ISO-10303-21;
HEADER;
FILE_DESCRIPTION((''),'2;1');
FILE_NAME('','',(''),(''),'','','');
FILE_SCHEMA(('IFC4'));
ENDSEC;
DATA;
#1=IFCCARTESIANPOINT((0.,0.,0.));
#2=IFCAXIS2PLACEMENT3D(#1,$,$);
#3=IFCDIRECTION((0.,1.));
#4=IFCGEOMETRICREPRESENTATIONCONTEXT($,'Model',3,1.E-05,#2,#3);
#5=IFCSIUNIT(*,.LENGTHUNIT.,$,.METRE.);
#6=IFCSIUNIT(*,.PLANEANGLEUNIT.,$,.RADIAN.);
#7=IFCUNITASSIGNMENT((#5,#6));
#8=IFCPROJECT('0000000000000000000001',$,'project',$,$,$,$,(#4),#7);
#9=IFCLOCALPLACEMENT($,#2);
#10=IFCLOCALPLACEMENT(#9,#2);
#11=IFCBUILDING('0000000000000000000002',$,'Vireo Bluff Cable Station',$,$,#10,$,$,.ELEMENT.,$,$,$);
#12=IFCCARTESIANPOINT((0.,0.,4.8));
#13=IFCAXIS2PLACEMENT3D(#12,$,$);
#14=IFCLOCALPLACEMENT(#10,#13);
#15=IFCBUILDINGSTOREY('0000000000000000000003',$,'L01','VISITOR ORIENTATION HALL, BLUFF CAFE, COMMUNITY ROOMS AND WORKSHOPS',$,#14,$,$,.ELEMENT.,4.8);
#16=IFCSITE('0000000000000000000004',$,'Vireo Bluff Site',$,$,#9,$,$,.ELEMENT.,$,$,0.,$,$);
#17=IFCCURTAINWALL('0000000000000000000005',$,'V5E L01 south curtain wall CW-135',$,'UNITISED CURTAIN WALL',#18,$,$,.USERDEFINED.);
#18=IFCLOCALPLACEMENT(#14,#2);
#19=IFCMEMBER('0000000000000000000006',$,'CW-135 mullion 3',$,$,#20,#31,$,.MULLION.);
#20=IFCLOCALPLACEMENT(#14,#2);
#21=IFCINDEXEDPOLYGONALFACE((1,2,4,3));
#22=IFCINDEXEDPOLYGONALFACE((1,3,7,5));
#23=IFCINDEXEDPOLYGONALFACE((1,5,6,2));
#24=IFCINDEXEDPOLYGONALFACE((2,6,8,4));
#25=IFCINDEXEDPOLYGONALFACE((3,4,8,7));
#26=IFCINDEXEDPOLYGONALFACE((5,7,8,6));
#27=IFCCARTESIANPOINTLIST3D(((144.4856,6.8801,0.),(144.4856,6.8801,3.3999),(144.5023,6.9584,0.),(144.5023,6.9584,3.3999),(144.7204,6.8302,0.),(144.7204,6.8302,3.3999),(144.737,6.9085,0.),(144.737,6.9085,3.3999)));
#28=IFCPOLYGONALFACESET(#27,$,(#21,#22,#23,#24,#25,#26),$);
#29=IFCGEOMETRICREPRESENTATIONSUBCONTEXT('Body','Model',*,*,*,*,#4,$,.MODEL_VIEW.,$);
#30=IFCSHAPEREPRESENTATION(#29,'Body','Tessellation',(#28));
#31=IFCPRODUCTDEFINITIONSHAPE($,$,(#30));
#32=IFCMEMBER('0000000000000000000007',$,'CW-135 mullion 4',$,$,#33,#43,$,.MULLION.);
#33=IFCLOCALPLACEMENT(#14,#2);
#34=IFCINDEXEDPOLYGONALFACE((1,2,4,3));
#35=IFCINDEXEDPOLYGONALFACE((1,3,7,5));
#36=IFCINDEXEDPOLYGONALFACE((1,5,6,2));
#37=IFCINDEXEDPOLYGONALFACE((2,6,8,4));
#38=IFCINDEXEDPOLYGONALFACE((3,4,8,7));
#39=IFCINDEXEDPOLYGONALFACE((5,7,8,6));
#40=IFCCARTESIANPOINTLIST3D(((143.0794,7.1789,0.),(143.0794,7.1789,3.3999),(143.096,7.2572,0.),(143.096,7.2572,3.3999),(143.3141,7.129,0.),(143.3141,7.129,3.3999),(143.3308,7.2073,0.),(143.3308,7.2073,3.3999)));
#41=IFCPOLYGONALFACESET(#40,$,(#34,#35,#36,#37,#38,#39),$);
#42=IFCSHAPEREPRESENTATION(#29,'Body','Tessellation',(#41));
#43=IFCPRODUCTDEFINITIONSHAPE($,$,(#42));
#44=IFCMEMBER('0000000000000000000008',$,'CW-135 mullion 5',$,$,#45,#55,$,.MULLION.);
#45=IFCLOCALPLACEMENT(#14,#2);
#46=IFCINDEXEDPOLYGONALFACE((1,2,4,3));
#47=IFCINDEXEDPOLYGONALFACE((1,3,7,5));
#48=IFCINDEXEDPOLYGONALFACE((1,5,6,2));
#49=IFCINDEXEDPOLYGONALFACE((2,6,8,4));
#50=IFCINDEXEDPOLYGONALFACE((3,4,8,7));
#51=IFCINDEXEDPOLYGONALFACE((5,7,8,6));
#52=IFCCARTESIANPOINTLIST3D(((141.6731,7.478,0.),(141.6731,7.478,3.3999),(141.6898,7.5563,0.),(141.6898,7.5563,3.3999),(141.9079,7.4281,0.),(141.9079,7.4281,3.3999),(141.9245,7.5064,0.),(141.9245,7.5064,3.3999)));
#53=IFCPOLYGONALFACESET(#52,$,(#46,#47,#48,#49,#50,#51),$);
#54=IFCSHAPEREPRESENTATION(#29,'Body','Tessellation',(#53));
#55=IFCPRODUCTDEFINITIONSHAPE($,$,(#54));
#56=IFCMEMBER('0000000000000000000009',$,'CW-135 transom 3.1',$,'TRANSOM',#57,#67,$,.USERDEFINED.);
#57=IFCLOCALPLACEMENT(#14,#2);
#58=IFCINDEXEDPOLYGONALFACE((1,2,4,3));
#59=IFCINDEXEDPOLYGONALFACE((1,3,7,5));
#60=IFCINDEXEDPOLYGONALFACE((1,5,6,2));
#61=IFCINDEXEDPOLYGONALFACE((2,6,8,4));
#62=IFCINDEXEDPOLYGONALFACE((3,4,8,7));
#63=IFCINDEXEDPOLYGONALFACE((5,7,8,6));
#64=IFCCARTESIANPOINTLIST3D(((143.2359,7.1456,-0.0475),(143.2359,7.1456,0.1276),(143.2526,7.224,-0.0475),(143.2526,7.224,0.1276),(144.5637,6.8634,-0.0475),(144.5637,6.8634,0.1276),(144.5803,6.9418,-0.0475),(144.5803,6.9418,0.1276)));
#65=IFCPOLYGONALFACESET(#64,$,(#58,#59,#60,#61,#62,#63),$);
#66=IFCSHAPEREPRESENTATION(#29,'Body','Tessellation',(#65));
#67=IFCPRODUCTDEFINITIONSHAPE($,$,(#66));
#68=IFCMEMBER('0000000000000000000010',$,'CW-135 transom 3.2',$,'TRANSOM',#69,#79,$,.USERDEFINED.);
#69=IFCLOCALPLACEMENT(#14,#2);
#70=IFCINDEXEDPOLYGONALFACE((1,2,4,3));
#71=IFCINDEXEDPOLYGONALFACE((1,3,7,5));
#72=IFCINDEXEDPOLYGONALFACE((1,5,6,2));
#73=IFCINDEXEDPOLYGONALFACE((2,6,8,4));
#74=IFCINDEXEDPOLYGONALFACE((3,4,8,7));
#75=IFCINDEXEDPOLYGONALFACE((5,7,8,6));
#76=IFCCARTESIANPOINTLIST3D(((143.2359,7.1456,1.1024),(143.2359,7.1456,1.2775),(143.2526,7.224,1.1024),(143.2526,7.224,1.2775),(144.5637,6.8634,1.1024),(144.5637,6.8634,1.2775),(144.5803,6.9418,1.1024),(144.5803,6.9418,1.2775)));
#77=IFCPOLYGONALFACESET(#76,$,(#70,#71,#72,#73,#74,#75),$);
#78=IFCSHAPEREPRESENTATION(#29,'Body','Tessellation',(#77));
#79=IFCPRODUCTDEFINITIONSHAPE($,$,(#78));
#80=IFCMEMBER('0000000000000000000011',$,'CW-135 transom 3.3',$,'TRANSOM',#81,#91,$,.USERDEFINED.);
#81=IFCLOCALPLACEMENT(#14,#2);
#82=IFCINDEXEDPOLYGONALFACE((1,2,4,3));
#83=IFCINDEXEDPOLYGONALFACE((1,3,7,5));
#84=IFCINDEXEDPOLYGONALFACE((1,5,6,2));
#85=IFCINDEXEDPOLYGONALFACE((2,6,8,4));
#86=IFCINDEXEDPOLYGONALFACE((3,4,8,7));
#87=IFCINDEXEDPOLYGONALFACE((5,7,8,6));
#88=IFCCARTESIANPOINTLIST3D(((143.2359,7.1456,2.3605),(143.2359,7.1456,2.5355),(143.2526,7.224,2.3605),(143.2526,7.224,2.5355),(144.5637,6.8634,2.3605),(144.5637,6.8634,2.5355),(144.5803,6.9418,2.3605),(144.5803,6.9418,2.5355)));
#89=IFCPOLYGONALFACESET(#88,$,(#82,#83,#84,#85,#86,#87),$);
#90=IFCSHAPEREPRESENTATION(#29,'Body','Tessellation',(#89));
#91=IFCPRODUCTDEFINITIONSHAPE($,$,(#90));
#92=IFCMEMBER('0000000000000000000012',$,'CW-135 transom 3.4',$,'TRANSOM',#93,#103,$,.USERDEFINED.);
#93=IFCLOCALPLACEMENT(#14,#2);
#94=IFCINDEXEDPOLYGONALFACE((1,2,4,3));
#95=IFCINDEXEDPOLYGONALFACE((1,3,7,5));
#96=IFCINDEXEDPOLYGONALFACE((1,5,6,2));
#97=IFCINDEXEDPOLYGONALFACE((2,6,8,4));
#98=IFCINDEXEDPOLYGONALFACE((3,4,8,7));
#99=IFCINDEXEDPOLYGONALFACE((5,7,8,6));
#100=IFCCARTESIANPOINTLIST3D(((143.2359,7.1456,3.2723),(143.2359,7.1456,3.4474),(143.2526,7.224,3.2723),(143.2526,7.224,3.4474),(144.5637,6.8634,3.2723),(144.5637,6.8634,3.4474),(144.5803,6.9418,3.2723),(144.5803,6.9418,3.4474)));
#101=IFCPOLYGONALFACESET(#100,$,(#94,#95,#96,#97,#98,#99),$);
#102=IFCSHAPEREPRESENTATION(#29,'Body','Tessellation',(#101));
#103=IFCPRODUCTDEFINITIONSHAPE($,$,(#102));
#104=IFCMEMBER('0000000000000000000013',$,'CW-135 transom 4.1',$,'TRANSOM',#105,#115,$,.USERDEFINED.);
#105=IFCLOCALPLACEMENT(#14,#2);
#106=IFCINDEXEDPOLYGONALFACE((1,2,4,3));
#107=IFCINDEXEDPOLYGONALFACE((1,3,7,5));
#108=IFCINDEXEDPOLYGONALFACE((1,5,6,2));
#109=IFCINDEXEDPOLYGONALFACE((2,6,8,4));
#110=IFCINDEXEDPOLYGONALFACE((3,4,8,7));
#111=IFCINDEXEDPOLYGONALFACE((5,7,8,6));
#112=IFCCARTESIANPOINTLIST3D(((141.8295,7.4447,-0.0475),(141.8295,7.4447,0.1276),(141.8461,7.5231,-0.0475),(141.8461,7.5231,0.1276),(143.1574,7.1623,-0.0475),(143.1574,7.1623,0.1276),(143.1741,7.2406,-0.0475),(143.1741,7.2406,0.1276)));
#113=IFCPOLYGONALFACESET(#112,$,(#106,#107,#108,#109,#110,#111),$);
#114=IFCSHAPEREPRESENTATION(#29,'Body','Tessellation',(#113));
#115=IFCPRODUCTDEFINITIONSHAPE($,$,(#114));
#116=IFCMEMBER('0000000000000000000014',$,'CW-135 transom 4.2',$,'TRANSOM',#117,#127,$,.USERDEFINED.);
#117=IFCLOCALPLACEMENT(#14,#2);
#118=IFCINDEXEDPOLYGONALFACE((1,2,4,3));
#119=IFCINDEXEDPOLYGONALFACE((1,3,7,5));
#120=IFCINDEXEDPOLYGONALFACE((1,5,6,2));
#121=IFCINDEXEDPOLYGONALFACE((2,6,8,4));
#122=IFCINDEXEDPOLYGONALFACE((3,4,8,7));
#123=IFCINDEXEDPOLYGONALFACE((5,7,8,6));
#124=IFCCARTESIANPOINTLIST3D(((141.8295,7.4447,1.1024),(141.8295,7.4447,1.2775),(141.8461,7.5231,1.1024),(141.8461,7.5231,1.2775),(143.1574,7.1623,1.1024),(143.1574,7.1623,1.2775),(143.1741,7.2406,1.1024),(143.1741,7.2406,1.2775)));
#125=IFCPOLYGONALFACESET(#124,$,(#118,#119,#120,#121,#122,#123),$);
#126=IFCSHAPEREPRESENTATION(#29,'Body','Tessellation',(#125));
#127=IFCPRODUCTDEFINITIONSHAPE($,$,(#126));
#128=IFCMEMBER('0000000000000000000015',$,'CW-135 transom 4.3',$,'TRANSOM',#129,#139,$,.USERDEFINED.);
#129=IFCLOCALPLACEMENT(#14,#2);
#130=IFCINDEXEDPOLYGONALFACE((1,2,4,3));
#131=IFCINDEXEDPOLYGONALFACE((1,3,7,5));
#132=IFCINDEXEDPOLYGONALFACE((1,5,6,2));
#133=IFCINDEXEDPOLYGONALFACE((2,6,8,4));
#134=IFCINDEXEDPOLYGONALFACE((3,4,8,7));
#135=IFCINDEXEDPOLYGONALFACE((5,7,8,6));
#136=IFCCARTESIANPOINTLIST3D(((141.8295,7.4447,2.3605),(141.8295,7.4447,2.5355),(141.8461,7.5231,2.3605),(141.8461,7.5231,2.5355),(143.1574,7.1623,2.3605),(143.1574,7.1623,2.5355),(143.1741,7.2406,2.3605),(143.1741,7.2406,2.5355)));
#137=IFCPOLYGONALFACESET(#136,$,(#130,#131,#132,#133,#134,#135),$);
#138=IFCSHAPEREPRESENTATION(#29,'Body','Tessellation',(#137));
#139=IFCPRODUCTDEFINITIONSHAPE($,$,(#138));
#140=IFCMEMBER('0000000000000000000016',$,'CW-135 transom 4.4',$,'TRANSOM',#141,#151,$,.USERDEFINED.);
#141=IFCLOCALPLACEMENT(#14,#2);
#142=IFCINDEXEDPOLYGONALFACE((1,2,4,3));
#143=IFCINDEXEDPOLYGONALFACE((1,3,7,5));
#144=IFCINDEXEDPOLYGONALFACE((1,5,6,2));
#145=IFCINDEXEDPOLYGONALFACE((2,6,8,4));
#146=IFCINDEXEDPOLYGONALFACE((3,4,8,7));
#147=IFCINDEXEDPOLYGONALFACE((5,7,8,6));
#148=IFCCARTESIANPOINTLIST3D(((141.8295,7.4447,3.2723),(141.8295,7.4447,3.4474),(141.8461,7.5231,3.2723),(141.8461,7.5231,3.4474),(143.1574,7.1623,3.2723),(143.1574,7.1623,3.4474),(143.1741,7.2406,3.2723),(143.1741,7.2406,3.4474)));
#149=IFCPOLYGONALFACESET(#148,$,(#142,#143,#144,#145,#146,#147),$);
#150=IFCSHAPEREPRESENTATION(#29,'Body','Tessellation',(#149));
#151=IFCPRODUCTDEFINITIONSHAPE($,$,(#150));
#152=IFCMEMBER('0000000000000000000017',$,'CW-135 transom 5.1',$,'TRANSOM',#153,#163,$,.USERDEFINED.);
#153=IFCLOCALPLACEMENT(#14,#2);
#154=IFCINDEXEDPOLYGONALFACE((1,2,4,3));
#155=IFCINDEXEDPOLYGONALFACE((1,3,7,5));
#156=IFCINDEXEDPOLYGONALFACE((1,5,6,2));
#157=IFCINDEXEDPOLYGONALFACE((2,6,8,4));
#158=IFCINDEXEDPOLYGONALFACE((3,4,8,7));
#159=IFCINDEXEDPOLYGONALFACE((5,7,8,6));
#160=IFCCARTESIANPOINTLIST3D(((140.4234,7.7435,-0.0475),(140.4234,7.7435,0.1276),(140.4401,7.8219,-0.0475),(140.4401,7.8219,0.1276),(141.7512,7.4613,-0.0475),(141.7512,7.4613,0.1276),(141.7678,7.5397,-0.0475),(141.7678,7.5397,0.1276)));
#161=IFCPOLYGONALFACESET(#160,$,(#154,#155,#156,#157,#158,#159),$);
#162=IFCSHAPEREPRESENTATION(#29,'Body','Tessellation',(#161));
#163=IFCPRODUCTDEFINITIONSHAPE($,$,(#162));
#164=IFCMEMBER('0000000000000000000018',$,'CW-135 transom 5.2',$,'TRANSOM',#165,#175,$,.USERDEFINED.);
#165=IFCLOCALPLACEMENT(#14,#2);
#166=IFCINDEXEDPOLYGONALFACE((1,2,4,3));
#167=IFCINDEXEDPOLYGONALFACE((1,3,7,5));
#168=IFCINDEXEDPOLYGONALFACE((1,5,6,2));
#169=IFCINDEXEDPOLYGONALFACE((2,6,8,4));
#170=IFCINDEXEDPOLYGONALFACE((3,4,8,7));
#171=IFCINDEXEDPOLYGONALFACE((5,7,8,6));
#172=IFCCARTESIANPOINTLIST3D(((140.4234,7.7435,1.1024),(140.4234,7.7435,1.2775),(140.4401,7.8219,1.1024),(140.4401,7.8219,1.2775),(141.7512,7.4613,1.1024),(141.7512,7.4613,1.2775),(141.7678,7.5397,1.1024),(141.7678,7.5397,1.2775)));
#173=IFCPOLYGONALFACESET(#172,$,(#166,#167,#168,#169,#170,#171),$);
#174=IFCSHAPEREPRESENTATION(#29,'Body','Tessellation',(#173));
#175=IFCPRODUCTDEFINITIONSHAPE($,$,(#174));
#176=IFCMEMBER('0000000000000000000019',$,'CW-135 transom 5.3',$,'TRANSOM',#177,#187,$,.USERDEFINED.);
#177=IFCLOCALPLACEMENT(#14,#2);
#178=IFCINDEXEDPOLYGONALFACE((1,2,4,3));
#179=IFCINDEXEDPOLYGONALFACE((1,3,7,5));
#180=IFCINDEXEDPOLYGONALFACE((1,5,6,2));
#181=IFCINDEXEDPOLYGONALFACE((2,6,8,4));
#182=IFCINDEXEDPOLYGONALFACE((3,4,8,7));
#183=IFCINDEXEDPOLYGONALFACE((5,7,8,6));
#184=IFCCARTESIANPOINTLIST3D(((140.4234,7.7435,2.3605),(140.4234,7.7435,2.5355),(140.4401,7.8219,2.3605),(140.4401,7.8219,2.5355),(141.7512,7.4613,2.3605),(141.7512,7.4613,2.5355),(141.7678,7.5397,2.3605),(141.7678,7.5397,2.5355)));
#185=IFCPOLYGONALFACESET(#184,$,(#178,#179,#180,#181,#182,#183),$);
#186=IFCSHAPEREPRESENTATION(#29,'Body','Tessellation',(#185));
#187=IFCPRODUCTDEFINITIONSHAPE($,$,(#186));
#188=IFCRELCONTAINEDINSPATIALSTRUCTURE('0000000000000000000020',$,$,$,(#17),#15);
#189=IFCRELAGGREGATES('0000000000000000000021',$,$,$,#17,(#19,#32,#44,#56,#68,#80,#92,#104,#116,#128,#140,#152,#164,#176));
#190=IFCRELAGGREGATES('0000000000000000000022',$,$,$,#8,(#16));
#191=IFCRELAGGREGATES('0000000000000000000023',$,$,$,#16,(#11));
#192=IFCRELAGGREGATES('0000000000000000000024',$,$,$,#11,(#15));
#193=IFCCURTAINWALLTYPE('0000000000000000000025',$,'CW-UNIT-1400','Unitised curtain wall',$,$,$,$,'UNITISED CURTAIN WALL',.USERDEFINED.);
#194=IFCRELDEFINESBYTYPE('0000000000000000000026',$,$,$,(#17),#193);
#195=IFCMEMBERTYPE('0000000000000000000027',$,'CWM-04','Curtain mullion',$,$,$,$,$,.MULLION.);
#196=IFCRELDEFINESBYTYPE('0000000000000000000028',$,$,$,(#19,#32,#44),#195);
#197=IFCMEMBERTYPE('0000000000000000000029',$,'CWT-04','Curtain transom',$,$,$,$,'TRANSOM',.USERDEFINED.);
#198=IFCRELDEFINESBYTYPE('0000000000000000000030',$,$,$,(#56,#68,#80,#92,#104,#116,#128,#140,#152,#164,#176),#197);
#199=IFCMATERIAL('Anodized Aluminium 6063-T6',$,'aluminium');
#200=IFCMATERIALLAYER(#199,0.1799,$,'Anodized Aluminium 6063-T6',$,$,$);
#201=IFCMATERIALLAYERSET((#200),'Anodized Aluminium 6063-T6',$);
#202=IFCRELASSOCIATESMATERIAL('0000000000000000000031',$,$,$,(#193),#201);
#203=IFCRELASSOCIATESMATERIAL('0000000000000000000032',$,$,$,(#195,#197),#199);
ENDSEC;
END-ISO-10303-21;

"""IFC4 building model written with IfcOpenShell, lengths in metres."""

from ifc_helpers import new_model, si_unit, direction, frame, origin, origin_2d, place, context, subcontext, project, spatial, rectangle, extrude, material, layer, layer_set, material_profile, profile_set, type_object, element, aggregate, save


model = new_model("IFC4")

# Units and contexts
model_context = context("Model", 3, precision=1e-05, world=origin(), true_north=direction((0.0, 1.0)))
body_context = subcontext(model_context, "Body", "Model", "MODEL_VIEW")
ifc_project = project(units=[si_unit("LENGTHUNIT", "METRE"), si_unit("PLANEANGLEUNIT", "RADIAN")], contexts=[model_context])

# Site, building, storey
site_placement = place(None, origin())
site = spatial("IfcSite", under=ifc_project, at=site_placement, Name="Vireo Bluff Site", CompositionType="ELEMENT", RefElevation=0.0)
building_placement = place(site_placement, origin())
building = spatial("IfcBuilding", under=site, at=building_placement, Name="Vireo Bluff Cable Station", CompositionType="ELEMENT")
storey_placement = place(building_placement, frame((0.0, 0.0, 4.8)))
storey = spatial("IfcBuildingStorey", under=building, at=storey_placement, Name="L01", Description="VISITOR ORIENTATION HALL, BLUFF CAFE, COMMUNITY ROOMS AND WORKSHOPS", CompositionType="ELEMENT", Elevation=4.8)

# Curtain wall, members
ifc_material_1 = material(Name="Anodized Aluminium 6063-T6", Category="aluminium")
ifc_layer_1 = layer(ifc_material_1, 0.1799, Name="Anodized Aluminium 6063-T6")
ifc_layer_set_1 = layer_set([ifc_layer_1], Name="Anodized Aluminium 6063-T6")
curtain_wall_type = type_object("IfcCurtainWallType", Name="CW-UNIT-1400", Description="Unitised curtain wall", ElementType="UNITISED CURTAIN WALL", PredefinedType="USERDEFINED", material=ifc_layer_set_1)
curtain_wall_placement = place(storey_placement, origin())
curtain_wall = element("IfcCurtainWall", 1, at=curtain_wall_placement, inside=storey, type_object=curtain_wall_type, Name="V5E L01 south curtain wall CW-135", ObjectType="UNITISED CURTAIN WALL", PredefinedType="USERDEFINED")
ifc_material_profile_1 = material_profile(ifc_material_1, rectangle(XDim=0.0801, YDim=0.24, at=origin_2d()), Name="ALU-M-80X240")
ifc_profile_set_1 = profile_set([ifc_material_profile_1], Name="Anodized Aluminium 6063-T6")
member_type_1 = type_object("IfcMemberType", Name="CWM-04", Description="Curtain mullion", PredefinedType="MULLION", material=ifc_profile_set_1)
member_1_placement = place(storey_placement, frame((144.6113, 6.8943, 0.0), z_axis=(0.0, 0.0, 1.0), x_axis=(-0.207912, -0.978148, 0.0)))
member_1 = element("IfcMember", 2, at=member_1_placement, type_object=member_type_1, Name="CW-135 mullion 3", PredefinedType="MULLION", context=body_context, shape_type="SweptSolid", body=[
    extrude(rectangle(XDim=0.0801, YDim=0.24, at=origin_2d()), origin(), (0.0, 0.0, 1.0), 3.3999),
])
member_2_placement = place(storey_placement, frame((143.2051, 7.1931, 0.0), z_axis=(0.0, 0.0, 1.0), x_axis=(-0.207912, -0.978148, 0.0)))
member_2 = element("IfcMember", 3, at=member_2_placement, type_object=member_type_1, Name="CW-135 mullion 4", PredefinedType="MULLION", context=body_context, shape_type="SweptSolid", body=[
    extrude(rectangle(XDim=0.0801, YDim=0.24, at=origin_2d()), origin(), (0.0, 0.0, 1.0), 3.3999),
])
member_3_placement = place(storey_placement, frame((141.7988, 7.4922, 0.0), z_axis=(0.0, 0.0, 1.0), x_axis=(-0.207912, -0.978148, 0.0)))
member_3 = element("IfcMember", 4, at=member_3_placement, type_object=member_type_1, Name="CW-135 mullion 5", PredefinedType="MULLION", context=body_context, shape_type="SweptSolid", body=[
    extrude(rectangle(XDim=0.0801, YDim=0.24, at=origin_2d()), origin(), (0.0, 0.0, 1.0), 3.3999),
])
ifc_material_profile_2 = material_profile(ifc_material_1, rectangle(XDim=0.0801, YDim=0.175, at=origin_2d()), Name="ALU-T-80X175")
ifc_profile_set_2 = profile_set([ifc_material_profile_2], Name="Anodized Aluminium 6063-T6")
member_type_2 = type_object("IfcMemberType", Name="CWT-04", Description="Curtain transom", ElementType="TRANSOM", PredefinedType="USERDEFINED", material=ifc_profile_set_2)
member_4_placement = place(storey_placement, frame((144.572, 6.9026, 0.04), z_axis=(-0.978151, 0.207895, 0.0), x_axis=(-0.207895, -0.978151, 0.0)))
member_4 = element("IfcMember", 5, at=member_4_placement, type_object=member_type_2, Name="CW-135 transom 3.1", ObjectType="TRANSOM", PredefinedType="USERDEFINED", context=body_context, shape_type="SweptSolid", body=[
    extrude(rectangle(XDim=0.0801, YDim=0.175, at=origin_2d()), origin(), (0.0, 0.0, 1.0), 1.3574),
])
member_5_placement = place(storey_placement, frame((144.572, 6.9026, 1.1899), z_axis=(-0.978151, 0.207895, 0.0), x_axis=(-0.207895, -0.978151, 0.0)))
member_5 = element("IfcMember", 6, at=member_5_placement, type_object=member_type_2, Name="CW-135 transom 3.2", ObjectType="TRANSOM", PredefinedType="USERDEFINED", context=body_context, shape_type="SweptSolid", body=[
    extrude(rectangle(XDim=0.0801, YDim=0.175, at=origin_2d()), origin(), (0.0, 0.0, 1.0), 1.3574),
])
member_6_placement = place(storey_placement, frame((144.572, 6.9026, 2.448), z_axis=(-0.978151, 0.207895, 0.0), x_axis=(-0.207895, -0.978151, 0.0)))
member_6 = element("IfcMember", 7, at=member_6_placement, type_object=member_type_2, Name="CW-135 transom 3.3", ObjectType="TRANSOM", PredefinedType="USERDEFINED", context=body_context, shape_type="SweptSolid", body=[
    extrude(rectangle(XDim=0.0801, YDim=0.175, at=origin_2d()), origin(), (0.0, 0.0, 1.0), 1.3574),
])
member_7_placement = place(storey_placement, frame((144.572, 6.9026, 3.3599), z_axis=(-0.978151, 0.207895, 0.0), x_axis=(-0.207895, -0.978151, 0.0)))
member_7 = element("IfcMember", 8, at=member_7_placement, type_object=member_type_2, Name="CW-135 transom 3.4", ObjectType="TRANSOM", PredefinedType="USERDEFINED", context=body_context, shape_type="SweptSolid", body=[
    extrude(rectangle(XDim=0.0801, YDim=0.175, at=origin_2d()), origin(), (0.0, 0.0, 1.0), 1.3574),
])
member_8_placement = place(storey_placement, frame((143.1658, 7.2014, 0.04), z_axis=(-0.978114, 0.208067, 0.0), x_axis=(-0.208067, -0.978114, 0.0)))
member_8 = element("IfcMember", 9, at=member_8_placement, type_object=member_type_2, Name="CW-135 transom 4.1", ObjectType="TRANSOM", PredefinedType="USERDEFINED", context=body_context, shape_type="SweptSolid", body=[
    extrude(rectangle(XDim=0.0801, YDim=0.175, at=origin_2d()), origin(), (0.0, 0.0, 1.0), 1.3577),
])
member_9_placement = place(storey_placement, frame((143.1658, 7.2014, 1.1899), z_axis=(-0.978114, 0.208067, 0.0), x_axis=(-0.208067, -0.978114, 0.0)))
member_9 = element("IfcMember", 10, at=member_9_placement, type_object=member_type_2, Name="CW-135 transom 4.2", ObjectType="TRANSOM", PredefinedType="USERDEFINED", context=body_context, shape_type="SweptSolid", body=[
    extrude(rectangle(XDim=0.0801, YDim=0.175, at=origin_2d()), origin(), (0.0, 0.0, 1.0), 1.3577),
])
member_10_placement = place(storey_placement, frame((143.1658, 7.2014, 2.448), z_axis=(-0.978114, 0.208067, 0.0), x_axis=(-0.208067, -0.978114, 0.0)))
member_10 = element("IfcMember", 11, at=member_10_placement, type_object=member_type_2, Name="CW-135 transom 4.3", ObjectType="TRANSOM", PredefinedType="USERDEFINED", context=body_context, shape_type="SweptSolid", body=[
    extrude(rectangle(XDim=0.0801, YDim=0.175, at=origin_2d()), origin(), (0.0, 0.0, 1.0), 1.3577),
])
member_11_placement = place(storey_placement, frame((143.1658, 7.2014, 3.3599), z_axis=(-0.978114, 0.208067, 0.0), x_axis=(-0.208067, -0.978114, 0.0)))
member_11 = element("IfcMember", 12, at=member_11_placement, type_object=member_type_2, Name="CW-135 transom 4.4", ObjectType="TRANSOM", PredefinedType="USERDEFINED", context=body_context, shape_type="SweptSolid", body=[
    extrude(rectangle(XDim=0.0801, YDim=0.175, at=origin_2d()), origin(), (0.0, 0.0, 1.0), 1.3577),
])
member_12_placement = place(storey_placement, frame((141.7595, 7.5005, 0.04), z_axis=(-0.978151, 0.207895, 0.0), x_axis=(-0.207895, -0.978151, 0.0)))
member_12 = element("IfcMember", 13, at=member_12_placement, type_object=member_type_2, Name="CW-135 transom 5.1", ObjectType="TRANSOM", PredefinedType="USERDEFINED", context=body_context, shape_type="SweptSolid", body=[
    extrude(rectangle(XDim=0.0801, YDim=0.175, at=origin_2d()), origin(), (0.0, 0.0, 1.0), 1.3574),
])
member_13_placement = place(storey_placement, frame((141.7595, 7.5005, 1.1899), z_axis=(-0.978151, 0.207895, 0.0), x_axis=(-0.207895, -0.978151, 0.0)))
member_13 = element("IfcMember", 14, at=member_13_placement, type_object=member_type_2, Name="CW-135 transom 5.2", ObjectType="TRANSOM", PredefinedType="USERDEFINED", context=body_context, shape_type="SweptSolid", body=[
    extrude(rectangle(XDim=0.0801, YDim=0.175, at=origin_2d()), origin(), (0.0, 0.0, 1.0), 1.3574),
])
member_14_placement = place(storey_placement, frame((141.7595, 7.5005, 2.448), z_axis=(-0.978151, 0.207895, 0.0), x_axis=(-0.207895, -0.978151, 0.0)))
member_14 = element("IfcMember", 15, at=member_14_placement, type_object=member_type_2, Name="CW-135 transom 5.3", ObjectType="TRANSOM", PredefinedType="USERDEFINED", context=body_context, shape_type="SweptSolid", body=[
    extrude(rectangle(XDim=0.0801, YDim=0.175, at=origin_2d()), origin(), (0.0, 0.0, 1.0), 1.3574),
])
aggregate(curtain_wall, [member_1, member_2, member_3, member_4, member_5, member_6, member_7, member_8, member_9, member_10, member_11, member_12, member_13, member_14])

save(model, "model.ifc")
